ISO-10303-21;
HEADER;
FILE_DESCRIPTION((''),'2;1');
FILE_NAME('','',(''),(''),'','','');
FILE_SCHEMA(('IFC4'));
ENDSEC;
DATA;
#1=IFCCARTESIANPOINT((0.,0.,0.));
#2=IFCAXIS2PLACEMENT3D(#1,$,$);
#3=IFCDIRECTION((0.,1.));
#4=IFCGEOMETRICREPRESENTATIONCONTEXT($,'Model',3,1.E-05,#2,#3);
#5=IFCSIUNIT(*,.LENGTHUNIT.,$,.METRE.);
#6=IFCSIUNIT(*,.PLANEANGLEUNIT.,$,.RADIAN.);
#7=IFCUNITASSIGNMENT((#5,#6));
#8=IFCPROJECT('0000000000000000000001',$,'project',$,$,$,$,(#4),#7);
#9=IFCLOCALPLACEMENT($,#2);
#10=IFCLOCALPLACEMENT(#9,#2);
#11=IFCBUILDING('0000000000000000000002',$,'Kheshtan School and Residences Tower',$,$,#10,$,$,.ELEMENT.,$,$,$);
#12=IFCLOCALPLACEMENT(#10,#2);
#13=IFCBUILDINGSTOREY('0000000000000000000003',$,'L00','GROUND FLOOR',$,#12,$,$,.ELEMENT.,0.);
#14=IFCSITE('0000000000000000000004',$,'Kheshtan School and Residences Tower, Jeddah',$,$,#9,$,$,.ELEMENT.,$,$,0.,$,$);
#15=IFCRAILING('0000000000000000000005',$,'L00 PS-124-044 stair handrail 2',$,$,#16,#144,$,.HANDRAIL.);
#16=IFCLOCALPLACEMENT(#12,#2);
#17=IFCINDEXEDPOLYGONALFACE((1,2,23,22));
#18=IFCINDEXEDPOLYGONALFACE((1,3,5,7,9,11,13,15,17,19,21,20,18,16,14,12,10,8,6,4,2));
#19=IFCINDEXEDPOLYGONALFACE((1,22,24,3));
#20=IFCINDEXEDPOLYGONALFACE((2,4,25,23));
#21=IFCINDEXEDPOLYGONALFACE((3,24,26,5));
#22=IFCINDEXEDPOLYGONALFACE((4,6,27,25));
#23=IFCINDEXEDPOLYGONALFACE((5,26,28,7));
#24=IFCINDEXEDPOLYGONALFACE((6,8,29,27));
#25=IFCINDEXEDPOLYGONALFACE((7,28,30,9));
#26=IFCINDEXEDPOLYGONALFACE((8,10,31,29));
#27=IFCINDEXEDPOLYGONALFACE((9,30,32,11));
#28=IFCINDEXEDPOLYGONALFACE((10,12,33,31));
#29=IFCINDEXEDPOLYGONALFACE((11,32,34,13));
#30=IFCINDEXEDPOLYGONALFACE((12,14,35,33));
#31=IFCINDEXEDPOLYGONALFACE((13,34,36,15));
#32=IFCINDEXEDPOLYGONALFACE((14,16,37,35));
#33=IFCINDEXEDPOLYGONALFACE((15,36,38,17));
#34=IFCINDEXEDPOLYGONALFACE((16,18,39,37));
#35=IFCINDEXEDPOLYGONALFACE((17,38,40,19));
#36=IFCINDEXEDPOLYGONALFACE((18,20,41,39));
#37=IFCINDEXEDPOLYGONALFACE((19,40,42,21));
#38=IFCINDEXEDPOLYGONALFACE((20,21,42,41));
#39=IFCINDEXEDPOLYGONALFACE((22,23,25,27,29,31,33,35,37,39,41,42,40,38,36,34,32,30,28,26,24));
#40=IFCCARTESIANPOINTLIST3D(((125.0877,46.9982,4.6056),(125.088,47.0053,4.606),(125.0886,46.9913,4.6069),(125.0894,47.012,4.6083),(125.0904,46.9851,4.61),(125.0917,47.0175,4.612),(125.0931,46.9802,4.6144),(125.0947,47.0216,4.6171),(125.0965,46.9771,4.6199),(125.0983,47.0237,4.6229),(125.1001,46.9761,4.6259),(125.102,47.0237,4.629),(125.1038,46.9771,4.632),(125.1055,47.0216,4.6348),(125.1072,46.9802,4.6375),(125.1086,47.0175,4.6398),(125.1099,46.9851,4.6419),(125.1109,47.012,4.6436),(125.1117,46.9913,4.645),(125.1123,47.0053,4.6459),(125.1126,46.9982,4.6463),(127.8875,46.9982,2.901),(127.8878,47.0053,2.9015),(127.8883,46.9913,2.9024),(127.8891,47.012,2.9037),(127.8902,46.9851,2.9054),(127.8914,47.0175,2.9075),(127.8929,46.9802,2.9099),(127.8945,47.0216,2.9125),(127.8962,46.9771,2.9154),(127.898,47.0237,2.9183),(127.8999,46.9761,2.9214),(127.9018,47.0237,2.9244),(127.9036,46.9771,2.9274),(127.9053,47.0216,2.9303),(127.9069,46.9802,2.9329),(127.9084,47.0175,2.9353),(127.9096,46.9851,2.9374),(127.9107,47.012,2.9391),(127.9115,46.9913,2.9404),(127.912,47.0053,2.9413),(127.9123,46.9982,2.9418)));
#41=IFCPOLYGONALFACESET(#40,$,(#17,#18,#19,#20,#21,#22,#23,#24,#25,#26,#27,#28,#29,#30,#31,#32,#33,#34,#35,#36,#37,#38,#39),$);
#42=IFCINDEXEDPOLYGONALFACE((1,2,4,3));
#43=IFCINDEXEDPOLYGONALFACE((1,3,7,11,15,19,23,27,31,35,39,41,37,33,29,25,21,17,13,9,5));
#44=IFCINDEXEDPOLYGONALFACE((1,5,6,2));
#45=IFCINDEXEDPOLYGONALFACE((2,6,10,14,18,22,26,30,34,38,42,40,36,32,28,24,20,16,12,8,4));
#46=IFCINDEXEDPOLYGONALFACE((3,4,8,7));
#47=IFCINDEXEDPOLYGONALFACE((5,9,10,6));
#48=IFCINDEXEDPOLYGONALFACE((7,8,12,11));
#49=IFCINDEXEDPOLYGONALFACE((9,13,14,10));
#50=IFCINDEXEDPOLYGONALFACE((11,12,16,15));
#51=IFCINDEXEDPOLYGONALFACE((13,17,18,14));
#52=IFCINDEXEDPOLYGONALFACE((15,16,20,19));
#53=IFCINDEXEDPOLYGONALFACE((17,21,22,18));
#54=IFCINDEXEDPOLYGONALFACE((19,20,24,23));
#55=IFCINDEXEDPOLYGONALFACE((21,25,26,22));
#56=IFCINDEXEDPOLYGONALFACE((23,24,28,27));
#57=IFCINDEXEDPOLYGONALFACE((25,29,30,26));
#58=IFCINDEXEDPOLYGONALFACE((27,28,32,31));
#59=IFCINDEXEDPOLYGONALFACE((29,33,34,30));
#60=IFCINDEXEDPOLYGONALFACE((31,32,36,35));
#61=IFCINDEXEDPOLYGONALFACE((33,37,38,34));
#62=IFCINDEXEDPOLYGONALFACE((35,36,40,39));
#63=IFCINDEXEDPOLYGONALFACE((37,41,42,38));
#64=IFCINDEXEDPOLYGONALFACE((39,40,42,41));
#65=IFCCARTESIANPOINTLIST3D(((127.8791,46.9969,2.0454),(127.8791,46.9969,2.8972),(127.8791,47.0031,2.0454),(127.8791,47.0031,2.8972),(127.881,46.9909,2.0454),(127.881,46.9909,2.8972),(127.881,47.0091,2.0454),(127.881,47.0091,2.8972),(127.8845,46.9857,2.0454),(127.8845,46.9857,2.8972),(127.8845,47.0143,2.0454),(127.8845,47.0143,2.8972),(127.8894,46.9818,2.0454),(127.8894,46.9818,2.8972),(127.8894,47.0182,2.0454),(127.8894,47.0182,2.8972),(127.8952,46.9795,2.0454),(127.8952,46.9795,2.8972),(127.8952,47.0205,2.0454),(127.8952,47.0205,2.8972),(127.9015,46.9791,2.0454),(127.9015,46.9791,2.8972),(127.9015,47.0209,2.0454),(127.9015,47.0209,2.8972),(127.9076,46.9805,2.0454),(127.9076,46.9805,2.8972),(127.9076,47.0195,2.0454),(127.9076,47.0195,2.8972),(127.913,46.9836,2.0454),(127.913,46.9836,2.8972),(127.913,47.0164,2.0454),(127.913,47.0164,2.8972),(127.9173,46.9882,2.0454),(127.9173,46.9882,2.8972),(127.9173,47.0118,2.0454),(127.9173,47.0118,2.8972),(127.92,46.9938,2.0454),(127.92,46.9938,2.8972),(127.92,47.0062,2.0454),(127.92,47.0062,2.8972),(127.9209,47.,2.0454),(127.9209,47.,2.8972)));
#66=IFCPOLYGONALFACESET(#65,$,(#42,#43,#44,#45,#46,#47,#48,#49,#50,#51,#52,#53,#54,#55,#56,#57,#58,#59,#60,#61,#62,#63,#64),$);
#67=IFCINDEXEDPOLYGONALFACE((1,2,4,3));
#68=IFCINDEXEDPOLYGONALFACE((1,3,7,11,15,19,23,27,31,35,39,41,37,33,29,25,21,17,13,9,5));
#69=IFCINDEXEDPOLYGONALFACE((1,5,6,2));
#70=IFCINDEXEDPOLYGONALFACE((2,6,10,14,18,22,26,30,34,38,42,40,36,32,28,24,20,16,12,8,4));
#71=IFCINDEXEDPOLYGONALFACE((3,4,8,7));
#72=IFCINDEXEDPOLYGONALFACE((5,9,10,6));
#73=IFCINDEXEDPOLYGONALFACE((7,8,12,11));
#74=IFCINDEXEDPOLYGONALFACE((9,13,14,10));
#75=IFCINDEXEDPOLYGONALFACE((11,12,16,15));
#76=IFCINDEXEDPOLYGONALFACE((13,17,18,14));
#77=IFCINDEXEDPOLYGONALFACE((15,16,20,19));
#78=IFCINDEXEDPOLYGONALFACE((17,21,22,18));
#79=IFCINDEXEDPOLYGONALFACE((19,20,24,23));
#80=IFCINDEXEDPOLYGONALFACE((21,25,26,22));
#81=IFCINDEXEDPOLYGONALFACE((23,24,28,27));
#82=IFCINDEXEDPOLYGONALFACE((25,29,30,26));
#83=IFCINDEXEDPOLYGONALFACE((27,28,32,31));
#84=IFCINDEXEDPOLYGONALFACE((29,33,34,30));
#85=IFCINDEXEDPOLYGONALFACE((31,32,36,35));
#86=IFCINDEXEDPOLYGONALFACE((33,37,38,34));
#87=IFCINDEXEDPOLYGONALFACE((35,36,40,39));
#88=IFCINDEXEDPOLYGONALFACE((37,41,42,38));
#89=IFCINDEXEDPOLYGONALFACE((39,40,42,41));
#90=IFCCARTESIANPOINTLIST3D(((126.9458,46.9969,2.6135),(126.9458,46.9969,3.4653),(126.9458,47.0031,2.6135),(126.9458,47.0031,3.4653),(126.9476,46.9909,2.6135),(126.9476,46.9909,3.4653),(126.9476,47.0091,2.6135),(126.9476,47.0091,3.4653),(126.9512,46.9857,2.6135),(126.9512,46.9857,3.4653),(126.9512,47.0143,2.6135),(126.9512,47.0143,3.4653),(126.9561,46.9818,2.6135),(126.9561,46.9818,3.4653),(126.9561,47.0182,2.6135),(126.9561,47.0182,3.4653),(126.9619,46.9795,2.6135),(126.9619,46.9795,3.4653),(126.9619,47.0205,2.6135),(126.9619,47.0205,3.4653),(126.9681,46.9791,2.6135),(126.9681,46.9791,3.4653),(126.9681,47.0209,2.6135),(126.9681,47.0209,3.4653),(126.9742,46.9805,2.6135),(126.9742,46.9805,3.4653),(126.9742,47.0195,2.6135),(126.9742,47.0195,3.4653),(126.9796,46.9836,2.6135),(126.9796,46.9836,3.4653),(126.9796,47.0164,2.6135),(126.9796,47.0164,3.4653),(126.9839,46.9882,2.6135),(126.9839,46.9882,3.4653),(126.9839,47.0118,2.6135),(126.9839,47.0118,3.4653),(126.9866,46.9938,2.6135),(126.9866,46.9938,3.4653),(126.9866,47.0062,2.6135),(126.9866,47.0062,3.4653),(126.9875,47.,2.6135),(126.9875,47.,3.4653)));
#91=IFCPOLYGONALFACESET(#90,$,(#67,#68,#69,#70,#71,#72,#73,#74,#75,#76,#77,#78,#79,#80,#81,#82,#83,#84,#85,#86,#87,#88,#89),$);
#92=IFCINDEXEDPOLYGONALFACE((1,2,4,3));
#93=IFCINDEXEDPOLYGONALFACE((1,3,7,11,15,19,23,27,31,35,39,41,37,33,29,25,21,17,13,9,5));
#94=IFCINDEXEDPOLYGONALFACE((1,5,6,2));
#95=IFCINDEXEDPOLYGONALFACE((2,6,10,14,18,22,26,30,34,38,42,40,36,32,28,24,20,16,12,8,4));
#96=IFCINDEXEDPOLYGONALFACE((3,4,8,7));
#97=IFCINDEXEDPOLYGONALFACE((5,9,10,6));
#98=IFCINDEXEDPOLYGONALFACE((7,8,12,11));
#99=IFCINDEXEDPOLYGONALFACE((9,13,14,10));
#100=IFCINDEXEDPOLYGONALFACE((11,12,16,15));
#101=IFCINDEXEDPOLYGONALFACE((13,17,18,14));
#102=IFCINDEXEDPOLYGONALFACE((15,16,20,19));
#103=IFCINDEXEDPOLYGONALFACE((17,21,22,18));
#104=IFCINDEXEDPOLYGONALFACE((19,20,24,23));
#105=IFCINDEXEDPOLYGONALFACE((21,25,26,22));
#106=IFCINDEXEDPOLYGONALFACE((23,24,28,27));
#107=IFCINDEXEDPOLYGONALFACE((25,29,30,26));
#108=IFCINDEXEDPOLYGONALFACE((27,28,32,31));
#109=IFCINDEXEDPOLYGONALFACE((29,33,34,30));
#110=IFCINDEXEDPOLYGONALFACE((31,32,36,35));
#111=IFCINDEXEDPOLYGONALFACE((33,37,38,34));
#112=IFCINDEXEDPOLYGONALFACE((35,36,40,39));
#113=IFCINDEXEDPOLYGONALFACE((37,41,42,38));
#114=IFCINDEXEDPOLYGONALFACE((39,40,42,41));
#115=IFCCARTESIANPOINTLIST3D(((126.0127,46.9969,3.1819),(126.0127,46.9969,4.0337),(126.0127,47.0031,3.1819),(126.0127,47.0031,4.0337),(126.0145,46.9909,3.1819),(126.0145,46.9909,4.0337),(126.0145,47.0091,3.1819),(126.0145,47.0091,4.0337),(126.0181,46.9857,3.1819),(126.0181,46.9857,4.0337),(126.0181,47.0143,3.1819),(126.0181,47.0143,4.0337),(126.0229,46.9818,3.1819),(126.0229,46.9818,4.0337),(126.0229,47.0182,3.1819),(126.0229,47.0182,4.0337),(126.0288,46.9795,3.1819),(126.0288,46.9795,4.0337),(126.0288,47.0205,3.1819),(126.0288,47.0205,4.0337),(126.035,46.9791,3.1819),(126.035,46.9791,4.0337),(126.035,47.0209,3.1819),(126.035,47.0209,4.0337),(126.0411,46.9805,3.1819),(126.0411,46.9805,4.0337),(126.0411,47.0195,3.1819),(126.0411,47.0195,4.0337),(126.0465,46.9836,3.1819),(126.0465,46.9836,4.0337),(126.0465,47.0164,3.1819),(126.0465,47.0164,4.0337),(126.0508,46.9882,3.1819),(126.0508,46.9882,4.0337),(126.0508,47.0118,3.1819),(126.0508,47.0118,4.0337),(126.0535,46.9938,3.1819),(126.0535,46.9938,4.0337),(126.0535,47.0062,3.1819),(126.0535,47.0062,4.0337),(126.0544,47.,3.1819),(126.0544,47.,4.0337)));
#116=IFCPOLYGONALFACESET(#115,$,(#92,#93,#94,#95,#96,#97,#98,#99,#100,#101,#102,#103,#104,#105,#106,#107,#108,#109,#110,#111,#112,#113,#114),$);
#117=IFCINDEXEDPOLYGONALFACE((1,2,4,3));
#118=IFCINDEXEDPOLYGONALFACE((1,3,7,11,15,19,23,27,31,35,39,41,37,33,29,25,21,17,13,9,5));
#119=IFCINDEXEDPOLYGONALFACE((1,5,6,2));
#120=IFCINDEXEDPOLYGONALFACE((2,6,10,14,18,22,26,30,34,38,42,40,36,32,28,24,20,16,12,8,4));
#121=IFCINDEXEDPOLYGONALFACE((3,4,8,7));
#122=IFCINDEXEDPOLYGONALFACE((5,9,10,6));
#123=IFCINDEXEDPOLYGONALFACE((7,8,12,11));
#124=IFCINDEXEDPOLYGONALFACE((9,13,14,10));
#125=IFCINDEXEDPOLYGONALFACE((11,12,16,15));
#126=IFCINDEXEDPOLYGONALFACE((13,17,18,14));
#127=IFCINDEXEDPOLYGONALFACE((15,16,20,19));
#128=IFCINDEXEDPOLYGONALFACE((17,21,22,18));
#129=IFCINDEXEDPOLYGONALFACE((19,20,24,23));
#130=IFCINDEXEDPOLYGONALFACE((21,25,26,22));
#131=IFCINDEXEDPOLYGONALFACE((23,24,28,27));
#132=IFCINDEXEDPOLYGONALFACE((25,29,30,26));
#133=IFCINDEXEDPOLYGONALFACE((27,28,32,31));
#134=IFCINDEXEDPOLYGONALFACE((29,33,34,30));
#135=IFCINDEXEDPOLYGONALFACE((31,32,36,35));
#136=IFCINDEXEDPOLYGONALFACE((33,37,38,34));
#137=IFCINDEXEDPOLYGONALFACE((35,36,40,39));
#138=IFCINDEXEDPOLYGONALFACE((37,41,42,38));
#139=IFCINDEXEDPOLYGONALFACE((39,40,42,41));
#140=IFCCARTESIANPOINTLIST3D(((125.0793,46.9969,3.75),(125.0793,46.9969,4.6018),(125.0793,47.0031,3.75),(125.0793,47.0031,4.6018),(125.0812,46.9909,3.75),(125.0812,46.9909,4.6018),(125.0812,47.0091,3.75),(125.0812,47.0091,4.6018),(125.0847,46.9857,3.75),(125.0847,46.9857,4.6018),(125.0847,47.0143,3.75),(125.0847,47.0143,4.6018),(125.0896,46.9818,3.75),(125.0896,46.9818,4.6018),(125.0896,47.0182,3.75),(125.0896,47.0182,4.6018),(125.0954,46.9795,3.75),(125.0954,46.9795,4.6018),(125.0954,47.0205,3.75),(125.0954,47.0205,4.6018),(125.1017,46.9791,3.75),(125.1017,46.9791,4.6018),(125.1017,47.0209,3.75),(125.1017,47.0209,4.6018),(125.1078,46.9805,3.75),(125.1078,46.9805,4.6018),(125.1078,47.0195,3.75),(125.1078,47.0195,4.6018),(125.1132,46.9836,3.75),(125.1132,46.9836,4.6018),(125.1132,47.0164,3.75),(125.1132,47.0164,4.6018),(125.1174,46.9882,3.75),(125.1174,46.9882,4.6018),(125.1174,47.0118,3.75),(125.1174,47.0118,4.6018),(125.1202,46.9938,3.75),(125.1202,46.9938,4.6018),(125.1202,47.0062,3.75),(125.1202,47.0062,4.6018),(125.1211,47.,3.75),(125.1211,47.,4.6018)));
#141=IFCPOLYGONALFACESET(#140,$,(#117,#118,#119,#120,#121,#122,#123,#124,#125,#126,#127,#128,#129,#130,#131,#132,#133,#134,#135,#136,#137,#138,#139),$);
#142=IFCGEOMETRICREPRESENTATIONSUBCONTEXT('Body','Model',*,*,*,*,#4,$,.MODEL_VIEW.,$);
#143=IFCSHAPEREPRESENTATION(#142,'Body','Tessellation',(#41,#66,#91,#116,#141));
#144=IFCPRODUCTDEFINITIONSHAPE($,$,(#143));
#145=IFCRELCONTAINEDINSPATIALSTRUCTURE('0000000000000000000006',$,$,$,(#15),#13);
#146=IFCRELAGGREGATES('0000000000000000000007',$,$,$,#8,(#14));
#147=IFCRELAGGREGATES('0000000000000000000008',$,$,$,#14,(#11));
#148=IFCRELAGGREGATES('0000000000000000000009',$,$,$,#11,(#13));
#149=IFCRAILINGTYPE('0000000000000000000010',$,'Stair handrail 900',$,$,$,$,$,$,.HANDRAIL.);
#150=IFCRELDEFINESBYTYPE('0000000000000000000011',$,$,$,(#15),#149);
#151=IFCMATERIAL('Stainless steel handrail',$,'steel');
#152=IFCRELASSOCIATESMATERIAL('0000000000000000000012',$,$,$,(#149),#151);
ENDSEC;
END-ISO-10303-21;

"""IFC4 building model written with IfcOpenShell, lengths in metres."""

from ifc_helpers import new_model, si_unit, direction, frame, origin, origin_2d, place, context, subcontext, project, spatial, circle, extrude, material, type_object, element, save


model = new_model("IFC4")

# Units and contexts
model_context = context("Model", 3, precision=1e-05, world=origin(), true_north=direction((0.0, 1.0)))
body_context = subcontext(model_context, "Body", "Model", "MODEL_VIEW")
ifc_project = project(units=[si_unit("LENGTHUNIT", "METRE"), si_unit("PLANEANGLEUNIT", "RADIAN")], contexts=[model_context])

# Site, building, storey
site_placement = place(None, origin())
site = spatial("IfcSite", under=ifc_project, at=site_placement, Name="Kheshtan School and Residences Tower, Jeddah", CompositionType="ELEMENT", RefElevation=0.0)
building_placement = place(site_placement, origin())
building = spatial("IfcBuilding", under=site, at=building_placement, Name="Kheshtan School and Residences Tower", CompositionType="ELEMENT")
storey_placement = place(building_placement, origin())
storey = spatial("IfcBuildingStorey", under=building, at=storey_placement, Name="L00", Description="GROUND FLOOR", CompositionType="ELEMENT", Elevation=0.0)

# Railing
ifc_material_1 = material(Name="Stainless steel handrail", Category="steel")
railing_type_1 = type_object("IfcRailingType", Name="Stair handrail 900", PredefinedType="HANDRAIL", material=ifc_material_1)
for number, where, name in (
    (1, (127.8999, 47.0, 2.0454), "L00 PS-124-044 stair handrail 2"),
):
    element("IfcRailing", number, at=place(storey_placement, frame(where)), inside=storey, type_object=railing_type_1, Name=name, PredefinedType="HANDRAIL", context=body_context, shape_type="SweptSolid", body=[
        extrude(circle(Radius=0.0239, at=origin_2d()), frame((0.0, 0.0, 0.876), z_axis=(-0.85415, 0.0, 0.520027), x_axis=(0.0, -1.0, 0.0)), (0.0, 0.0, 1.0), 3.2778),
        extrude(circle(Radius=0.021, at=origin_2d()), origin(), (0.0, 0.0, 1.0), 0.8518),
        extrude(circle(Radius=0.021, at=origin_2d()), frame((-0.9333, 0.0, 0.5681)), (0.0, 0.0, 1.0), 0.8518),
        extrude(circle(Radius=0.021, at=origin_2d()), frame((-1.8665, 0.0, 1.1365)), (0.0, 0.0, 1.0), 0.8518),
        extrude(circle(Radius=0.021, at=origin_2d()), frame((-2.7998, 0.0, 1.7046)), (0.0, 0.0, 1.0), 0.8518),
    ])

save(model, "model.ifc")
